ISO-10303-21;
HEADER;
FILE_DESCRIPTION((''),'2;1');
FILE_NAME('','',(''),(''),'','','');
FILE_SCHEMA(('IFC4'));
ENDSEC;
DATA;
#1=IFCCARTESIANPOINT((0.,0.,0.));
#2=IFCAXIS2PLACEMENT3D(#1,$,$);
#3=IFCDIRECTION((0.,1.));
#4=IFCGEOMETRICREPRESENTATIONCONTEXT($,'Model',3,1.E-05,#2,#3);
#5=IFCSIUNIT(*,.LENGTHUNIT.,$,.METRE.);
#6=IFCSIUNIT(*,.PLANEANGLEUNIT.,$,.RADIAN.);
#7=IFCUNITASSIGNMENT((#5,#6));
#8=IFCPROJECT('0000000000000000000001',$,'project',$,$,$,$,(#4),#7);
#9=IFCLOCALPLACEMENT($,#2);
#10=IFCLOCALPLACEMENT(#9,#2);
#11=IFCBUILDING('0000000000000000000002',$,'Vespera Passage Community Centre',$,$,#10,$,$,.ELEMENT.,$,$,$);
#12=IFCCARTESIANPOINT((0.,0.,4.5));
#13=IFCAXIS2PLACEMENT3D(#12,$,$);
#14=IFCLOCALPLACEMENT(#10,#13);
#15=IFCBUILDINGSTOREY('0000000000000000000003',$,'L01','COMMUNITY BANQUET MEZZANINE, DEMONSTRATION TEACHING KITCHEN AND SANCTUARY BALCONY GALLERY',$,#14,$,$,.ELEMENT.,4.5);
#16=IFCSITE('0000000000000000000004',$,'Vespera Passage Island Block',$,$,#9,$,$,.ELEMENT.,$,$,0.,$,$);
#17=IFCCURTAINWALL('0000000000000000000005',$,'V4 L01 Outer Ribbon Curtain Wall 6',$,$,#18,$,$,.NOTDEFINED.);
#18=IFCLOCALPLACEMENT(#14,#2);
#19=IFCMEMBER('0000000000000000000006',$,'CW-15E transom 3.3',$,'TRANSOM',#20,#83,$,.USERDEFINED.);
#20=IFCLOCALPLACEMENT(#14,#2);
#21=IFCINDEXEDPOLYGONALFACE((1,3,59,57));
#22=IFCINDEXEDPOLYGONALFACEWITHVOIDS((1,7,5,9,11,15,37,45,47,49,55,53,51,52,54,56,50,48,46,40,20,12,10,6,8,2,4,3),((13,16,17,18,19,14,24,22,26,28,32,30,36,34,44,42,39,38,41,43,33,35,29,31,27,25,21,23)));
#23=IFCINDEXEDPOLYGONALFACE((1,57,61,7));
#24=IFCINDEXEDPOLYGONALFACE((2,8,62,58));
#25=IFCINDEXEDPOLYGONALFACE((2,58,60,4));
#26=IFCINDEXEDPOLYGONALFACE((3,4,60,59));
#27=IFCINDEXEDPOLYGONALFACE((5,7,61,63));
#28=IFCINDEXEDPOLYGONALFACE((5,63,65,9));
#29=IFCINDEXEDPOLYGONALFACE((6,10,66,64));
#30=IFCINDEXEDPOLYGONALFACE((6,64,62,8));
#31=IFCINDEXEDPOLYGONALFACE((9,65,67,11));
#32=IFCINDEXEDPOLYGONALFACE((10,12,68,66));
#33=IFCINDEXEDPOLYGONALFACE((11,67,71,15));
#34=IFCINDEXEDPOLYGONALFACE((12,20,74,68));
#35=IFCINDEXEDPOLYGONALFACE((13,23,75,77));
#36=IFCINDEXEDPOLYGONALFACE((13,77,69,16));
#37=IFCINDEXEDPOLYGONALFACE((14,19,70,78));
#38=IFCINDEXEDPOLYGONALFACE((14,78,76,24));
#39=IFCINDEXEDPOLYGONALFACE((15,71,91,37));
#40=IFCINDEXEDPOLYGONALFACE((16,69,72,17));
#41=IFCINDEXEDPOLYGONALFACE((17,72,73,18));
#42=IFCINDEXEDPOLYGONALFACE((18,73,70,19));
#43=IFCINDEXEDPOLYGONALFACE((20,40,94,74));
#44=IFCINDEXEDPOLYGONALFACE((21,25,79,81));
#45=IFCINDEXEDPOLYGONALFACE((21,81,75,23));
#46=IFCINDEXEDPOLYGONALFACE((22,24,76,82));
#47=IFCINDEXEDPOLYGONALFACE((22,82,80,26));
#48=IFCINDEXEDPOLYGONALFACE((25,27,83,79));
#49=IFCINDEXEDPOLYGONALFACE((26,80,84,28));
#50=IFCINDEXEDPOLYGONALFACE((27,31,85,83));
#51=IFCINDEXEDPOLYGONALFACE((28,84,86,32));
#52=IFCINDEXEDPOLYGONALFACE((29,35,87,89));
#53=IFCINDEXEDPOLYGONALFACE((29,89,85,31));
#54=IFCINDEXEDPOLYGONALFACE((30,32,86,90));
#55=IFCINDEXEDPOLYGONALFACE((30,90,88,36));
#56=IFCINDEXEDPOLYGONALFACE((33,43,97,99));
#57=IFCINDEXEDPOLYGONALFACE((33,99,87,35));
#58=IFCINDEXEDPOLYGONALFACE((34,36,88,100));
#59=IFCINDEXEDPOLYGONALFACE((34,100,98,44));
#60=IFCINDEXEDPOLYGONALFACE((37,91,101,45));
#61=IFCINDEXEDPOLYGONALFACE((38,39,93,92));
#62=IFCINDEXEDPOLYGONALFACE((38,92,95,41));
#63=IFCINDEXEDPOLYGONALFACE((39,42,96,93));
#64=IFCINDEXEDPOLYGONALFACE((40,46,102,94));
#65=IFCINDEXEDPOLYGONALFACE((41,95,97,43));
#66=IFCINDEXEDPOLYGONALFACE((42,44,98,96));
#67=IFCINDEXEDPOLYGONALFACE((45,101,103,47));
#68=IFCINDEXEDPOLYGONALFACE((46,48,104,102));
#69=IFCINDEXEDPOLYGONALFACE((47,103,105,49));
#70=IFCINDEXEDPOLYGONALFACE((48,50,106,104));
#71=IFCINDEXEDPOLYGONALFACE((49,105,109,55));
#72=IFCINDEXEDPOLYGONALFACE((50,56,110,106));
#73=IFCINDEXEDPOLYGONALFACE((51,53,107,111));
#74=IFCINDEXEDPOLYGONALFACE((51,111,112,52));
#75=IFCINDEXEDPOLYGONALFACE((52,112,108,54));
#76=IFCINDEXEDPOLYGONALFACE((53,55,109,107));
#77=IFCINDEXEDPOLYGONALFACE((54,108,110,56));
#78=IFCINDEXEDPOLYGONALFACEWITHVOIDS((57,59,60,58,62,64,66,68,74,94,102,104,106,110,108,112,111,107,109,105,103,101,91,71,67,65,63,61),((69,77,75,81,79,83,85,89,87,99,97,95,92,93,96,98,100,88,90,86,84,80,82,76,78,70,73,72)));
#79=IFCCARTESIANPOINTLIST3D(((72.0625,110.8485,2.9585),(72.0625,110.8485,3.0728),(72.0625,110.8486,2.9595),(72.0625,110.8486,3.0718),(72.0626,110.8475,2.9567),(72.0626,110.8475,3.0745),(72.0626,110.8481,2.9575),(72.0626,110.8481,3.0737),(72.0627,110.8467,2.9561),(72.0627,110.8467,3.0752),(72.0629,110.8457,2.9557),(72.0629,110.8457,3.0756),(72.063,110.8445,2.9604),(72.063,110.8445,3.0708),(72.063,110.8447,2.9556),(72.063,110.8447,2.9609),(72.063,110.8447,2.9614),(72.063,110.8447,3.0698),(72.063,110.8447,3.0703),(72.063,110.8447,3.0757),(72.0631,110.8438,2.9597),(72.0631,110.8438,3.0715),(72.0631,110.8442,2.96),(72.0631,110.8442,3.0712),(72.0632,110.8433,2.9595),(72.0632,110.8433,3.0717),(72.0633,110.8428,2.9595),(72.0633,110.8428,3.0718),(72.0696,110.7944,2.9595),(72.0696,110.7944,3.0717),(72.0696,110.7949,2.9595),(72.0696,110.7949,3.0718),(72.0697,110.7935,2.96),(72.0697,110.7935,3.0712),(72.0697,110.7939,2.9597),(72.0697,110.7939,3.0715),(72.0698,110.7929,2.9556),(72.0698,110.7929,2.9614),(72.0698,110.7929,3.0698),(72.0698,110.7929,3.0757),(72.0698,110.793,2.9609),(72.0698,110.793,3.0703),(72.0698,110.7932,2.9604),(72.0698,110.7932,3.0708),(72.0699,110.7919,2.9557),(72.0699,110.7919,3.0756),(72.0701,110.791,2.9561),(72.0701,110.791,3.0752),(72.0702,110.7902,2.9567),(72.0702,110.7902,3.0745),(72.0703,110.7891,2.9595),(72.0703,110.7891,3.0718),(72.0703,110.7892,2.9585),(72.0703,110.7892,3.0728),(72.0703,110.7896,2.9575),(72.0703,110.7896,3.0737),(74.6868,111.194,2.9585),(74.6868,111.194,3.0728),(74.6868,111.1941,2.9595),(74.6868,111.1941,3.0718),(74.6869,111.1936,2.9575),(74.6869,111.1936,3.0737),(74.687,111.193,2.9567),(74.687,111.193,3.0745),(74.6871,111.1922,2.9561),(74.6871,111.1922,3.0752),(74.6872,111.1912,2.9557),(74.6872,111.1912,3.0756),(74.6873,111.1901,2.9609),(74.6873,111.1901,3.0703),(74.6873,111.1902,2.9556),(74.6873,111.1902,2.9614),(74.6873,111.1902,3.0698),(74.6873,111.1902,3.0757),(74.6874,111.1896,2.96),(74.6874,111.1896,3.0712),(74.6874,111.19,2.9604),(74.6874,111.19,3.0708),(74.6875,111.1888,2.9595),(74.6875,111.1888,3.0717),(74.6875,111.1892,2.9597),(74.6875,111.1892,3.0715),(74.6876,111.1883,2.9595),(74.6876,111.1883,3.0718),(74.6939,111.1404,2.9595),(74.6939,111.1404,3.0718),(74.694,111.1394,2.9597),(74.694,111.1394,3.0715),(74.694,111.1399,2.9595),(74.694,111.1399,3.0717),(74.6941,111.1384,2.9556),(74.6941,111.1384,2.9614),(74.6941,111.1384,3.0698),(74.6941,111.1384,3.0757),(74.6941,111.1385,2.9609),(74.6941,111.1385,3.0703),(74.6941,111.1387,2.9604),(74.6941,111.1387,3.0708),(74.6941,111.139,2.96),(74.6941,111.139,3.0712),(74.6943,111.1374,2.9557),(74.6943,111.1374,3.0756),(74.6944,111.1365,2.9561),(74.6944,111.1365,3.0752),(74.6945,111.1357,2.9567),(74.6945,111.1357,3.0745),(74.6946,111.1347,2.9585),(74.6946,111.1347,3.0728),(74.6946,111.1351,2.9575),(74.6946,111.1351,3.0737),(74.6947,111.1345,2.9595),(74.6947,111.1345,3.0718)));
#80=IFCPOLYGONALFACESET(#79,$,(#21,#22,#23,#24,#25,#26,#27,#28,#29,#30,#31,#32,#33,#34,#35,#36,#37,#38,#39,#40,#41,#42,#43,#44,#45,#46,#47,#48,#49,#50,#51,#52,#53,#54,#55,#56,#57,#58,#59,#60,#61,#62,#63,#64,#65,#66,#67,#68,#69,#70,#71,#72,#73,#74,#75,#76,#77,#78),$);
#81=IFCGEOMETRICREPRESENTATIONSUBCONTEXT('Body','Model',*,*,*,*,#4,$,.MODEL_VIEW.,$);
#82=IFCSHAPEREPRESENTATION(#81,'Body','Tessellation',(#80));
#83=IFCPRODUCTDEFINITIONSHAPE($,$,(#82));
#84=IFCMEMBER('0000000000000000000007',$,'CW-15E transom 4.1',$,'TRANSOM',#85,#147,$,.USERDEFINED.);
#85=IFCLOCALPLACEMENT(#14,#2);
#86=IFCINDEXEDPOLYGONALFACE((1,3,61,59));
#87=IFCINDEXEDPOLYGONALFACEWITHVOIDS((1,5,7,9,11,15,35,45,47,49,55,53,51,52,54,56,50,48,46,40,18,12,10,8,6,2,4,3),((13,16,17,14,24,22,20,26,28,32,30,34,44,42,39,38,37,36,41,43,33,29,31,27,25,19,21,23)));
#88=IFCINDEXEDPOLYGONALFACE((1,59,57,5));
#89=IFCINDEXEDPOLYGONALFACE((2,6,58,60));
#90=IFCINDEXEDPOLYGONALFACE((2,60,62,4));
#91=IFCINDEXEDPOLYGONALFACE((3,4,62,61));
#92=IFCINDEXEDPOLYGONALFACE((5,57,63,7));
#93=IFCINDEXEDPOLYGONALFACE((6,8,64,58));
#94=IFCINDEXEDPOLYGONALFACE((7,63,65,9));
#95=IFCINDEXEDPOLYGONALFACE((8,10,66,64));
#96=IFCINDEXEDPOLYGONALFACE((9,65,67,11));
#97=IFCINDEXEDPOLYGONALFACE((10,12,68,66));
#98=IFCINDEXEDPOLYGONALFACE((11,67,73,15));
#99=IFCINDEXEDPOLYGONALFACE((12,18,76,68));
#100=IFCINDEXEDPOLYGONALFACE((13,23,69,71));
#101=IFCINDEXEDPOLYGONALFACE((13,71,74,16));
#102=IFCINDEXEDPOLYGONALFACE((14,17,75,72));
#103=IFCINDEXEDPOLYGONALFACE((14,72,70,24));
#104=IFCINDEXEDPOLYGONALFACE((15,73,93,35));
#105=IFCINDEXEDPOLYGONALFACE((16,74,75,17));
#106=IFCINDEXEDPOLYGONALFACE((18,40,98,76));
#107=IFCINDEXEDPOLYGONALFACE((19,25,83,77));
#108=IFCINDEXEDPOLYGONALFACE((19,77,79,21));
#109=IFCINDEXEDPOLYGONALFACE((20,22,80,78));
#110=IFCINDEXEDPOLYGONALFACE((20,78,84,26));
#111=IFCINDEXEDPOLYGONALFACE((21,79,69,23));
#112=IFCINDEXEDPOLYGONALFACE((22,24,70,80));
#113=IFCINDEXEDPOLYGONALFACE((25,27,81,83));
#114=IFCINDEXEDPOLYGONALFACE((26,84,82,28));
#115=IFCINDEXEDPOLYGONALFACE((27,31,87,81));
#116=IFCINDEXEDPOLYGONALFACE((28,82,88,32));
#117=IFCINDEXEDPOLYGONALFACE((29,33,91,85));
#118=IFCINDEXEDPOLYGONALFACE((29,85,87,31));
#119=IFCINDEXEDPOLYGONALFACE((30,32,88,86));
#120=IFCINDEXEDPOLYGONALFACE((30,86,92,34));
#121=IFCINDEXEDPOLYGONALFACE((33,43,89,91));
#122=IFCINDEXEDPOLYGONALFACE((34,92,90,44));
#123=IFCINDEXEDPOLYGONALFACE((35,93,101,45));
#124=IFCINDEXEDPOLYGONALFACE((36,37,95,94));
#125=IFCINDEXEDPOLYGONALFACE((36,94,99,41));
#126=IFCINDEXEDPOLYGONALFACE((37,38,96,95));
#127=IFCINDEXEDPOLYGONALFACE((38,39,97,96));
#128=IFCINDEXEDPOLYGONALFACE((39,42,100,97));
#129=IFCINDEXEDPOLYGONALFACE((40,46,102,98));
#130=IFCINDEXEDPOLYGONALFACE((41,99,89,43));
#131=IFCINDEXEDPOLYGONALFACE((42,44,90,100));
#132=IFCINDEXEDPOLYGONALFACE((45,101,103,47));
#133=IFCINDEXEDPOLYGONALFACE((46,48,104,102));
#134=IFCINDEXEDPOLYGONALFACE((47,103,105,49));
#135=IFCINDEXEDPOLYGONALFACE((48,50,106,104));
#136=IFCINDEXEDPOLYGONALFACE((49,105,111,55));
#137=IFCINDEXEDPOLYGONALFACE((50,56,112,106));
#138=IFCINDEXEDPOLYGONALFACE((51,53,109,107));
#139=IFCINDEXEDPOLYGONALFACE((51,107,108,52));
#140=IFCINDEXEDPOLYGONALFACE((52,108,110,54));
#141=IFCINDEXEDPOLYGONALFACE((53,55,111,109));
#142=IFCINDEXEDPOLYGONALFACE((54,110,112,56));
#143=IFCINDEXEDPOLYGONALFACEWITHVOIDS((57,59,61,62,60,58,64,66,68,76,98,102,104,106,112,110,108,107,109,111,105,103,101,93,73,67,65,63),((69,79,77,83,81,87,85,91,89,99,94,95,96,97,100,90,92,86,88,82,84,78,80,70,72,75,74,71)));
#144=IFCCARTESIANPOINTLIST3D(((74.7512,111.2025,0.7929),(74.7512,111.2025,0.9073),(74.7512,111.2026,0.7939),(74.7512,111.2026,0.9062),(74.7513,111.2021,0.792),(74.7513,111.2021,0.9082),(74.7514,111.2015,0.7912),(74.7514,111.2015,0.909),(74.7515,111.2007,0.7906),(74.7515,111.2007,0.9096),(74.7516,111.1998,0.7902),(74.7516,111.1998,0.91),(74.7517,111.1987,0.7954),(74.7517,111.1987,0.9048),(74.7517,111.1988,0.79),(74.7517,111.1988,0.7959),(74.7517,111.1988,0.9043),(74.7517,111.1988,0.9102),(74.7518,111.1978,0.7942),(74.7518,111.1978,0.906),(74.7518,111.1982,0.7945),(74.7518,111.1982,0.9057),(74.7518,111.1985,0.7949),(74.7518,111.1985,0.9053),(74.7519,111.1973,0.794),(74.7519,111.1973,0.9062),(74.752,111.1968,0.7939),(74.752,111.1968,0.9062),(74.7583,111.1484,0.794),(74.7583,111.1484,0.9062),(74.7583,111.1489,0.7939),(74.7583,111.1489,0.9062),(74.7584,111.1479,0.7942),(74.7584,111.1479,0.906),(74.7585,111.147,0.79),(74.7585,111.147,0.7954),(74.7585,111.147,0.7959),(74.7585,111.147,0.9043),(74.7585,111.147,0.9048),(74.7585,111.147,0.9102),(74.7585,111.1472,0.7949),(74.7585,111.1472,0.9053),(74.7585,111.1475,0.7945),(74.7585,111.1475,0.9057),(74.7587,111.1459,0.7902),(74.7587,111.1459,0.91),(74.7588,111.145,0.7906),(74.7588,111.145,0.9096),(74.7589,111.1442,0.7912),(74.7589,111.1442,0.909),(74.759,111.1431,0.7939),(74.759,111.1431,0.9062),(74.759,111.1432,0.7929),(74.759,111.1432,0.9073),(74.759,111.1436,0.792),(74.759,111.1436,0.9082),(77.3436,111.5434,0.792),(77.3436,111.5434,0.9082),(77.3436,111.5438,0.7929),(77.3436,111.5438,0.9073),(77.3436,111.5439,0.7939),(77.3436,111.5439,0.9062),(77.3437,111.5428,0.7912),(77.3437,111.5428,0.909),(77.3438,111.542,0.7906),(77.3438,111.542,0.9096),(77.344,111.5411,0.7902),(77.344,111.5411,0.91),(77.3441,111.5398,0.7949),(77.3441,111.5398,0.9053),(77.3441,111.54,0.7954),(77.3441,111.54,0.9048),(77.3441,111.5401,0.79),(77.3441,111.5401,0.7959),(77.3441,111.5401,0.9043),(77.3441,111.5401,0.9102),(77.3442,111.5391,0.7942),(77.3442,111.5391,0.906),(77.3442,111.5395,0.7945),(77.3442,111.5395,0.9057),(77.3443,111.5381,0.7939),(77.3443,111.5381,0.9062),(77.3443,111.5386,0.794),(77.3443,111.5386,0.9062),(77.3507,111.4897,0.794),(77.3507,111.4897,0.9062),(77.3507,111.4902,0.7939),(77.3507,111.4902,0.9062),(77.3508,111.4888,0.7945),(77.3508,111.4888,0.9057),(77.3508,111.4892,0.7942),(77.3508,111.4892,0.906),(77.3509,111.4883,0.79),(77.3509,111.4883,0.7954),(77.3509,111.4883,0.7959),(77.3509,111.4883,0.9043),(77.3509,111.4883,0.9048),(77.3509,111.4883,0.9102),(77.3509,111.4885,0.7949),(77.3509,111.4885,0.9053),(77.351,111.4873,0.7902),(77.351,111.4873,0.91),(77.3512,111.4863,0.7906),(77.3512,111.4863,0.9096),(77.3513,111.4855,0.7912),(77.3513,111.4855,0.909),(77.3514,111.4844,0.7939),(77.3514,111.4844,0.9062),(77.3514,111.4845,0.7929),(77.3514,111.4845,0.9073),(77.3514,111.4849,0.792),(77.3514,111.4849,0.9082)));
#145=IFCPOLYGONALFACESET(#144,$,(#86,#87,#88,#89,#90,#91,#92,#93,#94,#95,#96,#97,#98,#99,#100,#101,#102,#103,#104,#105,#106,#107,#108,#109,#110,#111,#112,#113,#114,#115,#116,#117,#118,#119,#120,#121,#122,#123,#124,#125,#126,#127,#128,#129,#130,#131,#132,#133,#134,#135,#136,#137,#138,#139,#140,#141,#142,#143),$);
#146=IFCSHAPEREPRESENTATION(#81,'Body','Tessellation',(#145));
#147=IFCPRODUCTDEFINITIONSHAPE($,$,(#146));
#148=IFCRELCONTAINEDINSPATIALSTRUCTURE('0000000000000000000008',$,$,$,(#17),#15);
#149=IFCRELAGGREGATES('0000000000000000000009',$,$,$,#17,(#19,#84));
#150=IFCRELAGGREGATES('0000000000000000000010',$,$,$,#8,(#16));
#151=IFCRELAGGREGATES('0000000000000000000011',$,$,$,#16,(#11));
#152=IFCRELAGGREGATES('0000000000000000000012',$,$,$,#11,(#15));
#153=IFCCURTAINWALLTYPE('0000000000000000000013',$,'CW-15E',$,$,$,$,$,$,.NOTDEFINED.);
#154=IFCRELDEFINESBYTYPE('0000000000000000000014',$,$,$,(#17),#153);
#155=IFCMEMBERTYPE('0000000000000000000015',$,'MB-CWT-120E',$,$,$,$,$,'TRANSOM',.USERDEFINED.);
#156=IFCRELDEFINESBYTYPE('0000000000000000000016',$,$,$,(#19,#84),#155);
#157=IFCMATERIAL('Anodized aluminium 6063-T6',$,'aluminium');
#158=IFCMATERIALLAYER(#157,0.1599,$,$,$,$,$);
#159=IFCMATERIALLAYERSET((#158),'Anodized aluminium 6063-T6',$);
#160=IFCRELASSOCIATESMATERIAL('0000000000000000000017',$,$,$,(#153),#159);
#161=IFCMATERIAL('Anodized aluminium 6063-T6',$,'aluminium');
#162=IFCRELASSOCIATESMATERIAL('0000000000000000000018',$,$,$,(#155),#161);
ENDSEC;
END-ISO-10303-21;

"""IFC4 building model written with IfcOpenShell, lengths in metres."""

from ifc_helpers import new_model, si_unit, direction, frame, origin, origin_2d, place, context, subcontext, project, spatial, hollow_rectangle, extrude, material, layer, layer_set, material_profile, profile_set, type_object, element, aggregate, save


model = new_model("IFC4")

# Units and contexts
model_context = context("Model", 3, precision=1e-05, world=origin(), true_north=direction((0.0, 1.0)))
body_context = subcontext(model_context, "Body", "Model", "MODEL_VIEW")
ifc_project = project(units=[si_unit("LENGTHUNIT", "METRE"), si_unit("PLANEANGLEUNIT", "RADIAN")], contexts=[model_context])

# Site, building, storey
site_placement = place(None, origin())
site = spatial("IfcSite", under=ifc_project, at=site_placement, Name="Vespera Passage Island Block", CompositionType="ELEMENT", RefElevation=0.0)
building_placement = place(site_placement, origin())
building = spatial("IfcBuilding", under=site, at=building_placement, Name="Vespera Passage Community Centre", CompositionType="ELEMENT")
storey_placement = place(building_placement, frame((0.0, 0.0, 4.5)))
storey = spatial("IfcBuildingStorey", under=building, at=storey_placement, Name="L01", Description="COMMUNITY BANQUET MEZZANINE, DEMONSTRATION TEACHING KITCHEN AND SANCTUARY BALCONY GALLERY", CompositionType="ELEMENT", Elevation=4.5)

# Curtain wall, members
ifc_material_1 = material(Name="Anodized aluminium 6063-T6", Category="aluminium")
ifc_layer_1 = layer(ifc_material_1, 0.1599)
ifc_layer_set_1 = layer_set([ifc_layer_1], Name="Anodized aluminium 6063-T6")
curtain_wall_type = type_object("IfcCurtainWallType", Name="CW-15E", PredefinedType="NOTDEFINED", material=ifc_layer_set_1)
curtain_wall_placement = place(storey_placement, origin())
curtain_wall = element("IfcCurtainWall", 1, at=curtain_wall_placement, inside=storey, type_object=curtain_wall_type, Name="V4 L01 Outer Ribbon Curtain Wall 6", PredefinedType="NOTDEFINED")
ifc_material_2 = material(Name="Anodized aluminium 6063-T6", Category="aluminium")
ifc_material_profile_1 = material_profile(ifc_material_2, hollow_rectangle(XDim=0.0601, YDim=0.1201, WallThickness=0.0039, InnerFilletRadius=0.002, OuterFilletRadius=0.0039, at=origin_2d()), Name="ALU120X60X4")
ifc_profile_set_1 = profile_set([ifc_material_profile_1], Name="Anodized aluminium 6063-T6")
member_type_1 = type_object("IfcMemberType", Name="MB-CWT-120E", ElementType="TRANSOM", PredefinedType="USERDEFINED", material=ifc_profile_set_1)
member_1_placement = place(storey_placement, frame((72.0664, 110.8188, 3.0156), z_axis=(0.991446, 0.130514, 0.0), x_axis=(-0.130514, 0.991446, 0.0)))
member_1 = element("IfcMember", 2, at=member_1_placement, type_object=member_type_1, Name="CW-15E transom 3.3", ObjectType="TRANSOM", PredefinedType="USERDEFINED", context=body_context, shape_type="SweptSolid", body=[
    extrude(hollow_rectangle(XDim=0.0601, YDim=0.1201, WallThickness=0.0039, InnerFilletRadius=0.002, OuterFilletRadius=0.0039, at=origin_2d()), origin(), (0.0, 0.0, 1.0), 2.647),
])
member_2_placement = place(storey_placement, frame((74.7551, 111.1729, 0.8501), z_axis=(0.991443, 0.130537, 0.0), x_axis=(-0.130537, 0.991443, 0.0)))
member_2 = element("IfcMember", 3, at=member_2_placement, type_object=member_type_1, Name="CW-15E transom 4.1", ObjectType="TRANSOM", PredefinedType="USERDEFINED", context=body_context, shape_type="SweptSolid", body=[
    extrude(hollow_rectangle(XDim=0.0601, YDim=0.1201, WallThickness=0.0039, InnerFilletRadius=0.002, OuterFilletRadius=0.0039, at=origin_2d()), origin(), (0.0, 0.0, 1.0), 2.6147),
])
aggregate(curtain_wall, [member_1, member_2])

save(model, "model.ifc")
